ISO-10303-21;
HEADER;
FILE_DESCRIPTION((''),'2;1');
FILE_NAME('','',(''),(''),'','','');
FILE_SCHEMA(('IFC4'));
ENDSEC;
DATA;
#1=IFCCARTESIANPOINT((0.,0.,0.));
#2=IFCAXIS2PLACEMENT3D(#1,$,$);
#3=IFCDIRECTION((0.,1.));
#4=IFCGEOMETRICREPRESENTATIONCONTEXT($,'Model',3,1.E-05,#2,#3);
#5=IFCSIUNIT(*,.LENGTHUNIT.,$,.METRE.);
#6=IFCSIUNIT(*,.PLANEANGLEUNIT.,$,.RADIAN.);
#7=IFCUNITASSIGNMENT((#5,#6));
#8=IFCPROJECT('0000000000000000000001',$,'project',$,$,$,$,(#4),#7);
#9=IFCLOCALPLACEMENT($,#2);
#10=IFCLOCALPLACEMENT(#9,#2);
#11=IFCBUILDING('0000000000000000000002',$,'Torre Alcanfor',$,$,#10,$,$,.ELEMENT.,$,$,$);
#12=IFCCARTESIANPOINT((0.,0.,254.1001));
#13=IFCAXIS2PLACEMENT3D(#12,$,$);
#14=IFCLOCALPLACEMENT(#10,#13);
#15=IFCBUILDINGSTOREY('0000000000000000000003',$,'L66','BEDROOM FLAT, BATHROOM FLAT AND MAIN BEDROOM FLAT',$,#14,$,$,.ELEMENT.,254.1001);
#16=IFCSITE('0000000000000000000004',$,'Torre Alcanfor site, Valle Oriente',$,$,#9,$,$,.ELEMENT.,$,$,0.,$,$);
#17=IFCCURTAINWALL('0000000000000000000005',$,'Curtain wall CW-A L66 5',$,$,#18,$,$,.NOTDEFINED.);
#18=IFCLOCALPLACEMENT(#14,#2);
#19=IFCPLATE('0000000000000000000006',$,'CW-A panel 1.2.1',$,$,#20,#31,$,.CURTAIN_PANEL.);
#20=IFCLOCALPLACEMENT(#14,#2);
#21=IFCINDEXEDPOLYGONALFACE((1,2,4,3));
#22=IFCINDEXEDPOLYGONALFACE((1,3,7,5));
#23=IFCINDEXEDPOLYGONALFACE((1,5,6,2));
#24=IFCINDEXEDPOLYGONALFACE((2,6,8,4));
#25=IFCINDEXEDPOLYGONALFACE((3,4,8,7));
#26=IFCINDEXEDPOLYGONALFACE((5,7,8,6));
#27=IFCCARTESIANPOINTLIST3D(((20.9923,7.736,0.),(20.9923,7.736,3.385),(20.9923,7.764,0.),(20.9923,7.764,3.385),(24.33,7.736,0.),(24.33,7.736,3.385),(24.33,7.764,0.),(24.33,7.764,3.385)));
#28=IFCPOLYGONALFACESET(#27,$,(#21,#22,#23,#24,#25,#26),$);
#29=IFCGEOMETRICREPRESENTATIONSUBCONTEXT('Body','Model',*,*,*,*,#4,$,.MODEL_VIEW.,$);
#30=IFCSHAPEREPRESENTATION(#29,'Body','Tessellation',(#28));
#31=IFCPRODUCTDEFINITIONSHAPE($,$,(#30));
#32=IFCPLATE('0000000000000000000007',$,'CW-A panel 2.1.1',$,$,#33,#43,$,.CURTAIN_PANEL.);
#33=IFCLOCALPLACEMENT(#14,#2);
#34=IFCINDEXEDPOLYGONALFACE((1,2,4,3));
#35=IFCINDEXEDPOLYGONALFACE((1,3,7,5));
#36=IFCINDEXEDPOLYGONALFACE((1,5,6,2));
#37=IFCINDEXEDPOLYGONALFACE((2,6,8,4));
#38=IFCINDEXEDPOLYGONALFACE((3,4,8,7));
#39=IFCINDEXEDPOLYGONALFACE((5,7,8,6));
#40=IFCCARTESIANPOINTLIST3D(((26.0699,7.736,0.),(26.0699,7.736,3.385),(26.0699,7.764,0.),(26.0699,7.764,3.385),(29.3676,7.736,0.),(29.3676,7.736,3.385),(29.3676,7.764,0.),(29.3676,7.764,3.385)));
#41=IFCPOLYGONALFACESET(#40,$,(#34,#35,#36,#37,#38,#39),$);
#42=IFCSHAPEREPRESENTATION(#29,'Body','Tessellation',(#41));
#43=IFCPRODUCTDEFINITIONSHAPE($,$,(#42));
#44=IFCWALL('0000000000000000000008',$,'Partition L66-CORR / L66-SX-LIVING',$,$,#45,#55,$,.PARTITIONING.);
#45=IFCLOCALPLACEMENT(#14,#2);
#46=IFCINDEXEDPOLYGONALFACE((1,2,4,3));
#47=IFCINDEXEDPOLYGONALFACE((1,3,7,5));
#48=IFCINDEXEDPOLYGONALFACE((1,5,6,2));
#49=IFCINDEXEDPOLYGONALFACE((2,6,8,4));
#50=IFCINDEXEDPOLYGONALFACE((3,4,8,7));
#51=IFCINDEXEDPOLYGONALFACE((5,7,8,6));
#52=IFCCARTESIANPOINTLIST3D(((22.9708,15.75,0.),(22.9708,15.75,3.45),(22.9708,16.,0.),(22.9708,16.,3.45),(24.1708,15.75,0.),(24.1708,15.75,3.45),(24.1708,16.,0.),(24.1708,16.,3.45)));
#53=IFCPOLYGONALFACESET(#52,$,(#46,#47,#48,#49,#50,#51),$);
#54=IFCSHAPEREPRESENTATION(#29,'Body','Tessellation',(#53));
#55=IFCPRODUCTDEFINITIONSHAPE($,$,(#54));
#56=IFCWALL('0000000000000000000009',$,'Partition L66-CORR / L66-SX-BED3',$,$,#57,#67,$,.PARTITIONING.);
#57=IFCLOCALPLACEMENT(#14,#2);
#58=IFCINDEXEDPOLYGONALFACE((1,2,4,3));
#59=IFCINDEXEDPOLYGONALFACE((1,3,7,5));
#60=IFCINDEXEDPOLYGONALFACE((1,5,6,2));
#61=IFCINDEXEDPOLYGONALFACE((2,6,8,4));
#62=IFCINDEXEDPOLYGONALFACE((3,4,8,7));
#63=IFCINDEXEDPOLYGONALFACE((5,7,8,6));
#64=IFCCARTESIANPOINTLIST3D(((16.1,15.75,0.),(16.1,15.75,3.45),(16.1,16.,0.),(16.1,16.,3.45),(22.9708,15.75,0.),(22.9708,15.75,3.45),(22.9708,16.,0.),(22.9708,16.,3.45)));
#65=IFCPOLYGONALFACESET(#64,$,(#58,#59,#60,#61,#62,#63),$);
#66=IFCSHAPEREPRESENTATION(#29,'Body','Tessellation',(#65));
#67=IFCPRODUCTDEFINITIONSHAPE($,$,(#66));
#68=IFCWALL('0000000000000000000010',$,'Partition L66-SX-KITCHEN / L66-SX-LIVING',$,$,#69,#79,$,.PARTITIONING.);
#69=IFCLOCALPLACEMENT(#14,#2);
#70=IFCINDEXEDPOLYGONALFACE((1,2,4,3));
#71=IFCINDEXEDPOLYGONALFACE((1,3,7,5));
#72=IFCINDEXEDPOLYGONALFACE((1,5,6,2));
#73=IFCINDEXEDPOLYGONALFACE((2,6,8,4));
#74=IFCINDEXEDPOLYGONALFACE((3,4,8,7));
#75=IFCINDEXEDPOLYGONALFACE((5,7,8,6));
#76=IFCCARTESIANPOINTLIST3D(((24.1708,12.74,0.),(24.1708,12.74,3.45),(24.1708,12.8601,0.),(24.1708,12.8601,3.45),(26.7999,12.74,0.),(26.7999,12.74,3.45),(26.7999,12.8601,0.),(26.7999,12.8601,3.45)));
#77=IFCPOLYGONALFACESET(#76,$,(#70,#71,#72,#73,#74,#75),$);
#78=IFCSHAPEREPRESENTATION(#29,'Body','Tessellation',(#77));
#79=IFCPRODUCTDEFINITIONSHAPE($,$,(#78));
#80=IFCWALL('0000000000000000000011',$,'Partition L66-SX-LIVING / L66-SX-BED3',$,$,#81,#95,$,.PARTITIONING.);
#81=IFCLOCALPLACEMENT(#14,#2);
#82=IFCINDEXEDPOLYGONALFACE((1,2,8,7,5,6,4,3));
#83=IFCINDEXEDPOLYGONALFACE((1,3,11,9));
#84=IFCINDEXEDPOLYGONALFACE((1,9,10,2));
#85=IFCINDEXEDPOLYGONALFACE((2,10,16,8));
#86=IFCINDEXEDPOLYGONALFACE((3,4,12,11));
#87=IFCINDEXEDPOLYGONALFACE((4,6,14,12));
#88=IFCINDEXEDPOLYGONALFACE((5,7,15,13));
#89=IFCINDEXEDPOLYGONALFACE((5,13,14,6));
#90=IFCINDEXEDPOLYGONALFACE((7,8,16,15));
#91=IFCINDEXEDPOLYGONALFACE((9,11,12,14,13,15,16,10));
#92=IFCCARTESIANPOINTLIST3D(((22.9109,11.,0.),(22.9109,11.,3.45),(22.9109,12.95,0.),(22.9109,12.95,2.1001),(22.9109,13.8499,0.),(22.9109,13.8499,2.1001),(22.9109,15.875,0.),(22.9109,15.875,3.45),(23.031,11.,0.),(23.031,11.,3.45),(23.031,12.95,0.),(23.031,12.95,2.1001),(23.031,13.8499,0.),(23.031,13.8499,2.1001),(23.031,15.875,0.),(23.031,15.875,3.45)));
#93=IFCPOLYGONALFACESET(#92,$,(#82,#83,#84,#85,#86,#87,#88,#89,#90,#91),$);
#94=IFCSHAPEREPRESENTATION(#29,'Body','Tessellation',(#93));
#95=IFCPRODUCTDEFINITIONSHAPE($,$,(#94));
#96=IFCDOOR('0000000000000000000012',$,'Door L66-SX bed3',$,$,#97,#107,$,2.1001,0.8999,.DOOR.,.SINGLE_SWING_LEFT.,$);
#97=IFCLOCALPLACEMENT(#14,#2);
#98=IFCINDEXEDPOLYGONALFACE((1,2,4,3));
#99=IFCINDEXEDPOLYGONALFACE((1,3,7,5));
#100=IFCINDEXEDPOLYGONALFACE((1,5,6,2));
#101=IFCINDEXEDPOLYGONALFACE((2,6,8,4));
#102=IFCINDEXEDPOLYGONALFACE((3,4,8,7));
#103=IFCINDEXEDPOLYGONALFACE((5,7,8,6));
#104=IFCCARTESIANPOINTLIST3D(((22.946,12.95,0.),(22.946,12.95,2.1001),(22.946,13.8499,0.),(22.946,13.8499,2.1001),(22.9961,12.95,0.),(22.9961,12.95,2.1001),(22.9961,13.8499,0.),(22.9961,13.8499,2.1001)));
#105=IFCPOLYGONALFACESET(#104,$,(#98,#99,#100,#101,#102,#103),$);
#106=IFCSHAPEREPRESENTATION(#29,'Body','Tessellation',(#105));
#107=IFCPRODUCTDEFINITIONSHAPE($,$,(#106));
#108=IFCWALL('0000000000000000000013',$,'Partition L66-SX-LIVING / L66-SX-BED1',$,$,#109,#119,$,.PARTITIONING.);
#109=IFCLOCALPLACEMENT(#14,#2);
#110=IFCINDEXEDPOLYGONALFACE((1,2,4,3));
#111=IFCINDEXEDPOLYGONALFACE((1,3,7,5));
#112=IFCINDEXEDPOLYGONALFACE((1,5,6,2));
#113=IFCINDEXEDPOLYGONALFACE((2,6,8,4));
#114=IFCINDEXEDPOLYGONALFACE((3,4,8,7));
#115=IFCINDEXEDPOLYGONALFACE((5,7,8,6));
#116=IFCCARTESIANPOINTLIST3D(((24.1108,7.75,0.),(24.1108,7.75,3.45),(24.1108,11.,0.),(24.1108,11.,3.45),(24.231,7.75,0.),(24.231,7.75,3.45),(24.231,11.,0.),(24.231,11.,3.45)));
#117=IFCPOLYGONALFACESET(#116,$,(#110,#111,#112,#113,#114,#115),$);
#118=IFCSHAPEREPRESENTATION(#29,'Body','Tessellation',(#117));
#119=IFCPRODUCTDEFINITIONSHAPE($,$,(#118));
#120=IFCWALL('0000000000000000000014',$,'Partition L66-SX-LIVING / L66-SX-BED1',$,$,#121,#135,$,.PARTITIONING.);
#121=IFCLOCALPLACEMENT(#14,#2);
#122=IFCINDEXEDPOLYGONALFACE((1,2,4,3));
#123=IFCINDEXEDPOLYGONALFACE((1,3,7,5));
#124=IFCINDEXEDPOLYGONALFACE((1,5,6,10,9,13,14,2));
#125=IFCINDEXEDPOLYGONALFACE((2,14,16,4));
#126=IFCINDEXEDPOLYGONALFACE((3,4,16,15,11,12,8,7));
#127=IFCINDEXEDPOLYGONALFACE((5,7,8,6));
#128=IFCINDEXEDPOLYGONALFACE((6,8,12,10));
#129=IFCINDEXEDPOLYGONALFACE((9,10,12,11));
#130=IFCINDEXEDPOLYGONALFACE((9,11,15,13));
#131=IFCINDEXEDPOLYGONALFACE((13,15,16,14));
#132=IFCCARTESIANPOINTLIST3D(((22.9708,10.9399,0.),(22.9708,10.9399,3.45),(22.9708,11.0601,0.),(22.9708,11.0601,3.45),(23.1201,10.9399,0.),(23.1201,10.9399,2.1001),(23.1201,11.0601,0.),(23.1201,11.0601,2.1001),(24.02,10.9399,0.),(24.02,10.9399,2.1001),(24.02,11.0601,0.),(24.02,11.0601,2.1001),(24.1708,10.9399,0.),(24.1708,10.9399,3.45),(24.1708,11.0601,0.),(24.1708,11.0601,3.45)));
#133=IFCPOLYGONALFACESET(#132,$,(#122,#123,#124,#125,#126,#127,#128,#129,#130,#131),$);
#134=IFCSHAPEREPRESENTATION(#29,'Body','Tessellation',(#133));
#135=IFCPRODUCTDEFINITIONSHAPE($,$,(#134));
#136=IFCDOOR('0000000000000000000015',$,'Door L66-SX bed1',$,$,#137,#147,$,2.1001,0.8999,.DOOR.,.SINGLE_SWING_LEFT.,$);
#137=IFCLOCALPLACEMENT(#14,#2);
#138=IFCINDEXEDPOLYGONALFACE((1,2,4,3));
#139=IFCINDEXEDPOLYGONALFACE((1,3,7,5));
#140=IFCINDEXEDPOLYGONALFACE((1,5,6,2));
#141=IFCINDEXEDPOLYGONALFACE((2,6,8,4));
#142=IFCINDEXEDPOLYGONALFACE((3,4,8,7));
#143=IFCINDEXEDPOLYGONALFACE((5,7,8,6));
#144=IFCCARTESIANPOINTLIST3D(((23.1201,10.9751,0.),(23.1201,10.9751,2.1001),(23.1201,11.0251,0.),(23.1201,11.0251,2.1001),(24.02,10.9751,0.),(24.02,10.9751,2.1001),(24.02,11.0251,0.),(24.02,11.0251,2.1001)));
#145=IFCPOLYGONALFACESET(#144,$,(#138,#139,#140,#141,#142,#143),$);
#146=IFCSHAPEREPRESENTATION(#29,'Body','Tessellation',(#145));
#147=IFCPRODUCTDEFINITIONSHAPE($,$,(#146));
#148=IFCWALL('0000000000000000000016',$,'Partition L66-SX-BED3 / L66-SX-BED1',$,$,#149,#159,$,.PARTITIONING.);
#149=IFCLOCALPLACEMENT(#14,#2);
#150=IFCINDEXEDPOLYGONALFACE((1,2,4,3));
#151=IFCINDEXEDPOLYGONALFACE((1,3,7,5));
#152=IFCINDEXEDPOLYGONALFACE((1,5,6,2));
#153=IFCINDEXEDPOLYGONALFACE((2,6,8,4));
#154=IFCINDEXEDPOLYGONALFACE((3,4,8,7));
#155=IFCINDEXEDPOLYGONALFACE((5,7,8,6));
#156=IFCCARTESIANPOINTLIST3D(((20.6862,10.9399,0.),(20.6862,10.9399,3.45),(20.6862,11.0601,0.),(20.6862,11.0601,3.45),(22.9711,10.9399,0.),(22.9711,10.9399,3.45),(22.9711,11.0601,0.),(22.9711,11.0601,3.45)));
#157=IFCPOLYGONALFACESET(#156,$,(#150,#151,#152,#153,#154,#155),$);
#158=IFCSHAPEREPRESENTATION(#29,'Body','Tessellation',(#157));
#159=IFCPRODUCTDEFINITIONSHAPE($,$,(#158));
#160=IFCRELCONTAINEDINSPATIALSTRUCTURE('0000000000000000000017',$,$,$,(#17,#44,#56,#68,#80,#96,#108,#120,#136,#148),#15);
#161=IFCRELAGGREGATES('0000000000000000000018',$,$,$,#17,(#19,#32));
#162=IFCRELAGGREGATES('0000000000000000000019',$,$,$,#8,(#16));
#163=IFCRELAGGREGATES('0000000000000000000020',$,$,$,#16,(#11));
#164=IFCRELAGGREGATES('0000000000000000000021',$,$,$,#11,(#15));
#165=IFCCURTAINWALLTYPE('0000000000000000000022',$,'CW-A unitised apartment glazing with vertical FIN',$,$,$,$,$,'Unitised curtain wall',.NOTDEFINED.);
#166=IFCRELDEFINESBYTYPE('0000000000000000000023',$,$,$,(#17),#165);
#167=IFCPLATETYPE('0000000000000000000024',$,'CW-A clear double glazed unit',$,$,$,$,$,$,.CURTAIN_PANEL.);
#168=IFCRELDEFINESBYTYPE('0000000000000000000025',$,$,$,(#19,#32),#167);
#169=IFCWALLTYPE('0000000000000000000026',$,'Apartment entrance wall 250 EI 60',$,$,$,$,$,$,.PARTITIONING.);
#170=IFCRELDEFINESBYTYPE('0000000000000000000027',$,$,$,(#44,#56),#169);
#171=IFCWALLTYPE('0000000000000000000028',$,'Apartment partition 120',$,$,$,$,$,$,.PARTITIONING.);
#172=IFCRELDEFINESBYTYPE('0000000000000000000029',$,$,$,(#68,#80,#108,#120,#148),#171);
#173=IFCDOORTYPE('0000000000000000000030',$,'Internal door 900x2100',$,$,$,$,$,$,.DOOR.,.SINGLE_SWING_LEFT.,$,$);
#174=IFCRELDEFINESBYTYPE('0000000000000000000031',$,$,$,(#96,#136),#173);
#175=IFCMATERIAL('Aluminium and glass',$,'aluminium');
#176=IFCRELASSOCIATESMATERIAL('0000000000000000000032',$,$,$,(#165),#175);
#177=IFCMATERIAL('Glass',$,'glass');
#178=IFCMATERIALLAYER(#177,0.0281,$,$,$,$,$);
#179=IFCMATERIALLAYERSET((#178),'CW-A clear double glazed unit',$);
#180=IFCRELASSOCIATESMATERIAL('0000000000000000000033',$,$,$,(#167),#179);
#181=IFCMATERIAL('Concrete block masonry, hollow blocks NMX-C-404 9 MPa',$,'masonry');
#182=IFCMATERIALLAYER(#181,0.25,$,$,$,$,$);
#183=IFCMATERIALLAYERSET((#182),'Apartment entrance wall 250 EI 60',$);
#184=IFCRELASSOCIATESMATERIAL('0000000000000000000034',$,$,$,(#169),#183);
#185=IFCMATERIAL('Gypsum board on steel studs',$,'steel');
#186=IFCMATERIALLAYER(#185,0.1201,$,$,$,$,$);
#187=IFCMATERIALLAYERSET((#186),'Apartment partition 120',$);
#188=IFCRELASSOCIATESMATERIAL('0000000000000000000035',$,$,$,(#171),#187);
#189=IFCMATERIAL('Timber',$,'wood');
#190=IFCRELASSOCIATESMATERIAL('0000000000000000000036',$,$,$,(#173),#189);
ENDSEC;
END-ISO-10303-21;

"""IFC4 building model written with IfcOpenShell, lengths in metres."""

from ifc_helpers import new_model, si_unit, direction, frame, frame_2d, origin, origin_2d, place, context, subcontext, project, spatial, rectangle, extrude, material, layer, layer_set, type_object, element, fill, aggregate, save


model = new_model("IFC4")

# Units and contexts
model_context = context("Model", 3, precision=1e-05, world=origin(), true_north=direction((0.0, 1.0)))
body_context = subcontext(model_context, "Body", "Model", "MODEL_VIEW")
ifc_project = project(units=[si_unit("LENGTHUNIT", "METRE"), si_unit("PLANEANGLEUNIT", "RADIAN")], contexts=[model_context])

# Site, building, storey
site_placement = place(None, origin())
site = spatial("IfcSite", under=ifc_project, at=site_placement, Name="Torre Alcanfor site, Valle Oriente", CompositionType="ELEMENT", RefElevation=0.0)
building_placement = place(site_placement, origin())
building = spatial("IfcBuilding", under=site, at=building_placement, Name="Torre Alcanfor", CompositionType="ELEMENT")
storey_placement = place(building_placement, frame((0.0, 0.0, 254.1001)))
storey = spatial("IfcBuildingStorey", under=building, at=storey_placement, Name="L66", Description="BEDROOM FLAT, BATHROOM FLAT AND MAIN BEDROOM FLAT", CompositionType="ELEMENT", Elevation=254.1001)

# Curtain wall
ifc_material_1 = material(Name="Aluminium and glass", Category="aluminium")
curtain_wall_type = type_object("IfcCurtainWallType", Name="CW-A unitised apartment glazing with vertical FIN", ElementType="Unitised curtain wall", PredefinedType="NOTDEFINED", material=ifc_material_1)
curtain_wall_placement = place(storey_placement, origin())
curtain_wall = element("IfcCurtainWall", 1, at=curtain_wall_placement, inside=storey, type_object=curtain_wall_type, Name="Curtain wall CW-A L66 5", PredefinedType="NOTDEFINED")

# Plates
ifc_material_2 = material(Name="Glass", Category="glass")
ifc_layer_1 = layer(ifc_material_2, 0.0281)
ifc_layer_set_1 = layer_set([ifc_layer_1], Name="CW-A clear double glazed unit")
plate_type = type_object("IfcPlateType", Name="CW-A clear double glazed unit", PredefinedType="CURTAIN_PANEL", material=ifc_layer_set_1)
plate_1_placement = place(storey_placement, frame((22.6611, 7.75, 0.0), z_axis=(0.0, 0.0, 1.0), x_axis=(1.0, 0.0, 0.0)))
plate_1 = element("IfcPlate", 2, at=plate_1_placement, type_object=plate_type, Name="CW-A panel 1.2.1", PredefinedType="CURTAIN_PANEL", context=body_context, shape_type="SweptSolid", body=[
    extrude(rectangle(XDim=3.3376, YDim=0.0281, at=origin_2d()), origin(), (0.0, 0.0, 1.0), 3.385),
])
plate_2_placement = place(storey_placement, frame((27.7188, 7.75, 0.0), z_axis=(0.0, 0.0, 1.0), x_axis=(1.0, 0.0, 0.0)))
plate_2 = element("IfcPlate", 3, at=plate_2_placement, type_object=plate_type, Name="CW-A panel 2.1.1", PredefinedType="CURTAIN_PANEL", context=body_context, shape_type="SweptSolid", body=[
    extrude(rectangle(XDim=3.2976, YDim=0.0281, at=origin_2d()), origin(), (0.0, 0.0, 1.0), 3.385),
])
aggregate(curtain_wall, [plate_1, plate_2])

# Walls
ifc_material_3 = material(Name="Concrete block masonry, hollow blocks NMX-C-404 9 MPa", Category="masonry")
ifc_layer_2 = layer(ifc_material_3, 0.25)
ifc_layer_set_2 = layer_set([ifc_layer_2], Name="Apartment entrance wall 250 EI 60")
wall_type_1 = type_object("IfcWallType", Name="Apartment entrance wall 250 EI 60", PredefinedType="PARTITIONING", material=ifc_layer_set_2)
wall_1_placement = place(storey_placement, frame((24.1709, 15.875, 0.0), z_axis=(0.0, 0.0, 1.0), x_axis=(-1.0, 0.0, 0.0)))
element("IfcWall", 4, at=wall_1_placement, inside=storey, type_object=wall_type_1, Name="Partition L66-CORR / L66-SX-LIVING", PredefinedType="PARTITIONING", context=body_context, shape_type="SweptSolid", body=[
    extrude(rectangle(XDim=1.2, YDim=0.25, at=frame_2d((0.6001, 0.0))), origin(), (0.0, 0.0, 1.0), 3.45),
])
wall_2_placement = place(storey_placement, frame((22.9709, 15.875, 0.0), z_axis=(0.0, 0.0, 1.0), x_axis=(-1.0, 0.0, 0.0)))
element("IfcWall", 5, at=wall_2_placement, inside=storey, type_object=wall_type_1, Name="Partition L66-CORR / L66-SX-BED3", PredefinedType="PARTITIONING", context=body_context, shape_type="SweptSolid", body=[
    extrude(rectangle(XDim=6.8708, YDim=0.25, at=frame_2d((3.4355, 0.0))), origin(), (0.0, 0.0, 1.0), 3.45),
])
ifc_material_4 = material(Name="Gypsum board on steel studs", Category="steel")
ifc_layer_3 = layer(ifc_material_4, 0.1201)
ifc_layer_set_3 = layer_set([ifc_layer_3], Name="Apartment partition 120")
wall_type_2 = type_object("IfcWallType", Name="Apartment partition 120", PredefinedType="PARTITIONING", material=ifc_layer_set_3)
wall_3_placement = place(storey_placement, frame((24.1709, 12.8, 0.0), z_axis=(0.0, 0.0, 1.0), x_axis=(1.0, 0.0, 0.0)))
element("IfcWall", 6, at=wall_3_placement, inside=storey, type_object=wall_type_2, Name="Partition L66-SX-KITCHEN / L66-SX-LIVING", PredefinedType="PARTITIONING", context=body_context, shape_type="SweptSolid", body=[
    extrude(rectangle(XDim=2.6292, YDim=0.1201, at=frame_2d((1.3145, 0.0))), origin(), (0.0, 0.0, 1.0), 3.45),
])

# Wall, opening, door
wall_4_placement = place(storey_placement, frame((22.9709, 11.0, 0.0), z_axis=(0.0, 0.0, 1.0), x_axis=(0.0, 1.0, 0.0)))
wall_4 = element("IfcWall", 7, at=wall_4_placement, inside=storey, type_object=wall_type_2, Name="Partition L66-SX-LIVING / L66-SX-BED3", PredefinedType="PARTITIONING", context=body_context, shape_type="SweptSolid", body=[
    extrude(rectangle(XDim=4.875, YDim=0.1201, at=frame_2d((2.4375, 0.0))), origin(), (0.0, 0.0, 1.0), 3.45),
])
opening_1_placement = place(wall_4_placement, frame((1.95, 0.0, 0.0)))
opening_1 = element("IfcOpeningElement", 8, at=opening_1_placement, cuts=wall_4, PredefinedType="OPENING", context=body_context, shape_type="SweptSolid", body=[
    extrude(rectangle(XDim=0.8999, YDim=2.1001, at=frame_2d((0.45, 1.05))), frame((0.0, 0.0701, 0.0), z_axis=(0.0, -1.0, 0.0), x_axis=(1.0, 0.0, 0.0)), (0.0, 0.0, 1.0), 0.1401),
])
ifc_material_5 = material(Name="Timber", Category="wood")
door_type_1 = type_object("IfcDoorType", Name="Internal door 900x2100", OperationType="SINGLE_SWING_LEFT", PredefinedType="DOOR", material=ifc_material_5)
door_1_placement = place(opening_1_placement, origin())
door_1 = element("IfcDoor", 9, at=door_1_placement, inside=storey, type_object=door_type_1, Name="Door L66-SX bed3", OperationType="SINGLE_SWING_LEFT", OverallHeight=2.1001, OverallWidth=0.8999, PredefinedType="DOOR", context=body_context, shape_type="SweptSolid", body=[
    extrude(rectangle(XDim=0.8999, YDim=2.1001, at=frame_2d((0.45, 1.05))), frame((0.0, 0.0249, 0.0), z_axis=(0.0, -1.0, 0.0), x_axis=(1.0, 0.0, 0.0)), (0.0, 0.0, 1.0), 0.05),
])
fill(opening_1, door_1)

# Wall
wall_5_placement = place(storey_placement, frame((24.1709, 7.75, 0.0), z_axis=(0.0, 0.0, 1.0), x_axis=(0.0, 1.0, 0.0)))
element("IfcWall", 10, at=wall_5_placement, inside=storey, type_object=wall_type_2, Name="Partition L66-SX-LIVING / L66-SX-BED1", PredefinedType="PARTITIONING", context=body_context, shape_type="SweptSolid", body=[
    extrude(rectangle(XDim=3.25, YDim=0.1201, at=frame_2d((1.625, 0.0))), origin(), (0.0, 0.0, 1.0), 3.45),
])

# Wall, opening, door
wall_6_placement = place(storey_placement, frame((24.1709, 11.0, 0.0), z_axis=(0.0, 0.0, 1.0), x_axis=(-1.0, 0.0, 0.0)))
wall_6 = element("IfcWall", 11, at=wall_6_placement, inside=storey, type_object=wall_type_2, Name="Partition L66-SX-LIVING / L66-SX-BED1", PredefinedType="PARTITIONING", context=body_context, shape_type="SweptSolid", body=[
    extrude(rectangle(XDim=1.2, YDim=0.1201, at=frame_2d((0.6001, 0.0))), origin(), (0.0, 0.0, 1.0), 3.45),
])
opening_2_placement = place(wall_6_placement, frame((0.1509, 0.0, 0.0)))
opening_2 = element("IfcOpeningElement", 12, at=opening_2_placement, cuts=wall_6, PredefinedType="OPENING", context=body_context, shape_type="SweptSolid", body=[
    extrude(rectangle(XDim=0.8999, YDim=2.1001, at=frame_2d((0.45, 1.05))), frame((0.0, 0.0701, 0.0), z_axis=(0.0, -1.0, 0.0), x_axis=(1.0, 0.0, 0.0)), (0.0, 0.0, 1.0), 0.1401),
])
door_2_placement = place(opening_2_placement, origin())
door_2 = element("IfcDoor", 13, at=door_2_placement, inside=storey, type_object=door_type_1, Name="Door L66-SX bed1", OperationType="SINGLE_SWING_LEFT", OverallHeight=2.1001, OverallWidth=0.8999, PredefinedType="DOOR", context=body_context, shape_type="SweptSolid", body=[
    extrude(rectangle(XDim=0.8999, YDim=2.1001, at=frame_2d((0.45, 1.05))), frame((0.0, 0.0249, 0.0), z_axis=(0.0, -1.0, 0.0), x_axis=(1.0, 0.0, 0.0)), (0.0, 0.0, 1.0), 0.05),
])
fill(opening_2, door_2)

# Wall
wall_7_placement = place(storey_placement, frame((20.686, 11.0, 0.0), z_axis=(0.0, 0.0, 1.0), x_axis=(1.0, 0.0, 0.0)))
element("IfcWall", 14, at=wall_7_placement, inside=storey, type_object=wall_type_2, Name="Partition L66-SX-BED3 / L66-SX-BED1", PredefinedType="PARTITIONING", context=body_context, shape_type="SweptSolid", body=[
    extrude(rectangle(XDim=2.2849, YDim=0.1201, at=frame_2d((1.1426, 0.0))), origin(), (0.0, 0.0, 1.0), 3.45),
])

save(model, "model.ifc")
